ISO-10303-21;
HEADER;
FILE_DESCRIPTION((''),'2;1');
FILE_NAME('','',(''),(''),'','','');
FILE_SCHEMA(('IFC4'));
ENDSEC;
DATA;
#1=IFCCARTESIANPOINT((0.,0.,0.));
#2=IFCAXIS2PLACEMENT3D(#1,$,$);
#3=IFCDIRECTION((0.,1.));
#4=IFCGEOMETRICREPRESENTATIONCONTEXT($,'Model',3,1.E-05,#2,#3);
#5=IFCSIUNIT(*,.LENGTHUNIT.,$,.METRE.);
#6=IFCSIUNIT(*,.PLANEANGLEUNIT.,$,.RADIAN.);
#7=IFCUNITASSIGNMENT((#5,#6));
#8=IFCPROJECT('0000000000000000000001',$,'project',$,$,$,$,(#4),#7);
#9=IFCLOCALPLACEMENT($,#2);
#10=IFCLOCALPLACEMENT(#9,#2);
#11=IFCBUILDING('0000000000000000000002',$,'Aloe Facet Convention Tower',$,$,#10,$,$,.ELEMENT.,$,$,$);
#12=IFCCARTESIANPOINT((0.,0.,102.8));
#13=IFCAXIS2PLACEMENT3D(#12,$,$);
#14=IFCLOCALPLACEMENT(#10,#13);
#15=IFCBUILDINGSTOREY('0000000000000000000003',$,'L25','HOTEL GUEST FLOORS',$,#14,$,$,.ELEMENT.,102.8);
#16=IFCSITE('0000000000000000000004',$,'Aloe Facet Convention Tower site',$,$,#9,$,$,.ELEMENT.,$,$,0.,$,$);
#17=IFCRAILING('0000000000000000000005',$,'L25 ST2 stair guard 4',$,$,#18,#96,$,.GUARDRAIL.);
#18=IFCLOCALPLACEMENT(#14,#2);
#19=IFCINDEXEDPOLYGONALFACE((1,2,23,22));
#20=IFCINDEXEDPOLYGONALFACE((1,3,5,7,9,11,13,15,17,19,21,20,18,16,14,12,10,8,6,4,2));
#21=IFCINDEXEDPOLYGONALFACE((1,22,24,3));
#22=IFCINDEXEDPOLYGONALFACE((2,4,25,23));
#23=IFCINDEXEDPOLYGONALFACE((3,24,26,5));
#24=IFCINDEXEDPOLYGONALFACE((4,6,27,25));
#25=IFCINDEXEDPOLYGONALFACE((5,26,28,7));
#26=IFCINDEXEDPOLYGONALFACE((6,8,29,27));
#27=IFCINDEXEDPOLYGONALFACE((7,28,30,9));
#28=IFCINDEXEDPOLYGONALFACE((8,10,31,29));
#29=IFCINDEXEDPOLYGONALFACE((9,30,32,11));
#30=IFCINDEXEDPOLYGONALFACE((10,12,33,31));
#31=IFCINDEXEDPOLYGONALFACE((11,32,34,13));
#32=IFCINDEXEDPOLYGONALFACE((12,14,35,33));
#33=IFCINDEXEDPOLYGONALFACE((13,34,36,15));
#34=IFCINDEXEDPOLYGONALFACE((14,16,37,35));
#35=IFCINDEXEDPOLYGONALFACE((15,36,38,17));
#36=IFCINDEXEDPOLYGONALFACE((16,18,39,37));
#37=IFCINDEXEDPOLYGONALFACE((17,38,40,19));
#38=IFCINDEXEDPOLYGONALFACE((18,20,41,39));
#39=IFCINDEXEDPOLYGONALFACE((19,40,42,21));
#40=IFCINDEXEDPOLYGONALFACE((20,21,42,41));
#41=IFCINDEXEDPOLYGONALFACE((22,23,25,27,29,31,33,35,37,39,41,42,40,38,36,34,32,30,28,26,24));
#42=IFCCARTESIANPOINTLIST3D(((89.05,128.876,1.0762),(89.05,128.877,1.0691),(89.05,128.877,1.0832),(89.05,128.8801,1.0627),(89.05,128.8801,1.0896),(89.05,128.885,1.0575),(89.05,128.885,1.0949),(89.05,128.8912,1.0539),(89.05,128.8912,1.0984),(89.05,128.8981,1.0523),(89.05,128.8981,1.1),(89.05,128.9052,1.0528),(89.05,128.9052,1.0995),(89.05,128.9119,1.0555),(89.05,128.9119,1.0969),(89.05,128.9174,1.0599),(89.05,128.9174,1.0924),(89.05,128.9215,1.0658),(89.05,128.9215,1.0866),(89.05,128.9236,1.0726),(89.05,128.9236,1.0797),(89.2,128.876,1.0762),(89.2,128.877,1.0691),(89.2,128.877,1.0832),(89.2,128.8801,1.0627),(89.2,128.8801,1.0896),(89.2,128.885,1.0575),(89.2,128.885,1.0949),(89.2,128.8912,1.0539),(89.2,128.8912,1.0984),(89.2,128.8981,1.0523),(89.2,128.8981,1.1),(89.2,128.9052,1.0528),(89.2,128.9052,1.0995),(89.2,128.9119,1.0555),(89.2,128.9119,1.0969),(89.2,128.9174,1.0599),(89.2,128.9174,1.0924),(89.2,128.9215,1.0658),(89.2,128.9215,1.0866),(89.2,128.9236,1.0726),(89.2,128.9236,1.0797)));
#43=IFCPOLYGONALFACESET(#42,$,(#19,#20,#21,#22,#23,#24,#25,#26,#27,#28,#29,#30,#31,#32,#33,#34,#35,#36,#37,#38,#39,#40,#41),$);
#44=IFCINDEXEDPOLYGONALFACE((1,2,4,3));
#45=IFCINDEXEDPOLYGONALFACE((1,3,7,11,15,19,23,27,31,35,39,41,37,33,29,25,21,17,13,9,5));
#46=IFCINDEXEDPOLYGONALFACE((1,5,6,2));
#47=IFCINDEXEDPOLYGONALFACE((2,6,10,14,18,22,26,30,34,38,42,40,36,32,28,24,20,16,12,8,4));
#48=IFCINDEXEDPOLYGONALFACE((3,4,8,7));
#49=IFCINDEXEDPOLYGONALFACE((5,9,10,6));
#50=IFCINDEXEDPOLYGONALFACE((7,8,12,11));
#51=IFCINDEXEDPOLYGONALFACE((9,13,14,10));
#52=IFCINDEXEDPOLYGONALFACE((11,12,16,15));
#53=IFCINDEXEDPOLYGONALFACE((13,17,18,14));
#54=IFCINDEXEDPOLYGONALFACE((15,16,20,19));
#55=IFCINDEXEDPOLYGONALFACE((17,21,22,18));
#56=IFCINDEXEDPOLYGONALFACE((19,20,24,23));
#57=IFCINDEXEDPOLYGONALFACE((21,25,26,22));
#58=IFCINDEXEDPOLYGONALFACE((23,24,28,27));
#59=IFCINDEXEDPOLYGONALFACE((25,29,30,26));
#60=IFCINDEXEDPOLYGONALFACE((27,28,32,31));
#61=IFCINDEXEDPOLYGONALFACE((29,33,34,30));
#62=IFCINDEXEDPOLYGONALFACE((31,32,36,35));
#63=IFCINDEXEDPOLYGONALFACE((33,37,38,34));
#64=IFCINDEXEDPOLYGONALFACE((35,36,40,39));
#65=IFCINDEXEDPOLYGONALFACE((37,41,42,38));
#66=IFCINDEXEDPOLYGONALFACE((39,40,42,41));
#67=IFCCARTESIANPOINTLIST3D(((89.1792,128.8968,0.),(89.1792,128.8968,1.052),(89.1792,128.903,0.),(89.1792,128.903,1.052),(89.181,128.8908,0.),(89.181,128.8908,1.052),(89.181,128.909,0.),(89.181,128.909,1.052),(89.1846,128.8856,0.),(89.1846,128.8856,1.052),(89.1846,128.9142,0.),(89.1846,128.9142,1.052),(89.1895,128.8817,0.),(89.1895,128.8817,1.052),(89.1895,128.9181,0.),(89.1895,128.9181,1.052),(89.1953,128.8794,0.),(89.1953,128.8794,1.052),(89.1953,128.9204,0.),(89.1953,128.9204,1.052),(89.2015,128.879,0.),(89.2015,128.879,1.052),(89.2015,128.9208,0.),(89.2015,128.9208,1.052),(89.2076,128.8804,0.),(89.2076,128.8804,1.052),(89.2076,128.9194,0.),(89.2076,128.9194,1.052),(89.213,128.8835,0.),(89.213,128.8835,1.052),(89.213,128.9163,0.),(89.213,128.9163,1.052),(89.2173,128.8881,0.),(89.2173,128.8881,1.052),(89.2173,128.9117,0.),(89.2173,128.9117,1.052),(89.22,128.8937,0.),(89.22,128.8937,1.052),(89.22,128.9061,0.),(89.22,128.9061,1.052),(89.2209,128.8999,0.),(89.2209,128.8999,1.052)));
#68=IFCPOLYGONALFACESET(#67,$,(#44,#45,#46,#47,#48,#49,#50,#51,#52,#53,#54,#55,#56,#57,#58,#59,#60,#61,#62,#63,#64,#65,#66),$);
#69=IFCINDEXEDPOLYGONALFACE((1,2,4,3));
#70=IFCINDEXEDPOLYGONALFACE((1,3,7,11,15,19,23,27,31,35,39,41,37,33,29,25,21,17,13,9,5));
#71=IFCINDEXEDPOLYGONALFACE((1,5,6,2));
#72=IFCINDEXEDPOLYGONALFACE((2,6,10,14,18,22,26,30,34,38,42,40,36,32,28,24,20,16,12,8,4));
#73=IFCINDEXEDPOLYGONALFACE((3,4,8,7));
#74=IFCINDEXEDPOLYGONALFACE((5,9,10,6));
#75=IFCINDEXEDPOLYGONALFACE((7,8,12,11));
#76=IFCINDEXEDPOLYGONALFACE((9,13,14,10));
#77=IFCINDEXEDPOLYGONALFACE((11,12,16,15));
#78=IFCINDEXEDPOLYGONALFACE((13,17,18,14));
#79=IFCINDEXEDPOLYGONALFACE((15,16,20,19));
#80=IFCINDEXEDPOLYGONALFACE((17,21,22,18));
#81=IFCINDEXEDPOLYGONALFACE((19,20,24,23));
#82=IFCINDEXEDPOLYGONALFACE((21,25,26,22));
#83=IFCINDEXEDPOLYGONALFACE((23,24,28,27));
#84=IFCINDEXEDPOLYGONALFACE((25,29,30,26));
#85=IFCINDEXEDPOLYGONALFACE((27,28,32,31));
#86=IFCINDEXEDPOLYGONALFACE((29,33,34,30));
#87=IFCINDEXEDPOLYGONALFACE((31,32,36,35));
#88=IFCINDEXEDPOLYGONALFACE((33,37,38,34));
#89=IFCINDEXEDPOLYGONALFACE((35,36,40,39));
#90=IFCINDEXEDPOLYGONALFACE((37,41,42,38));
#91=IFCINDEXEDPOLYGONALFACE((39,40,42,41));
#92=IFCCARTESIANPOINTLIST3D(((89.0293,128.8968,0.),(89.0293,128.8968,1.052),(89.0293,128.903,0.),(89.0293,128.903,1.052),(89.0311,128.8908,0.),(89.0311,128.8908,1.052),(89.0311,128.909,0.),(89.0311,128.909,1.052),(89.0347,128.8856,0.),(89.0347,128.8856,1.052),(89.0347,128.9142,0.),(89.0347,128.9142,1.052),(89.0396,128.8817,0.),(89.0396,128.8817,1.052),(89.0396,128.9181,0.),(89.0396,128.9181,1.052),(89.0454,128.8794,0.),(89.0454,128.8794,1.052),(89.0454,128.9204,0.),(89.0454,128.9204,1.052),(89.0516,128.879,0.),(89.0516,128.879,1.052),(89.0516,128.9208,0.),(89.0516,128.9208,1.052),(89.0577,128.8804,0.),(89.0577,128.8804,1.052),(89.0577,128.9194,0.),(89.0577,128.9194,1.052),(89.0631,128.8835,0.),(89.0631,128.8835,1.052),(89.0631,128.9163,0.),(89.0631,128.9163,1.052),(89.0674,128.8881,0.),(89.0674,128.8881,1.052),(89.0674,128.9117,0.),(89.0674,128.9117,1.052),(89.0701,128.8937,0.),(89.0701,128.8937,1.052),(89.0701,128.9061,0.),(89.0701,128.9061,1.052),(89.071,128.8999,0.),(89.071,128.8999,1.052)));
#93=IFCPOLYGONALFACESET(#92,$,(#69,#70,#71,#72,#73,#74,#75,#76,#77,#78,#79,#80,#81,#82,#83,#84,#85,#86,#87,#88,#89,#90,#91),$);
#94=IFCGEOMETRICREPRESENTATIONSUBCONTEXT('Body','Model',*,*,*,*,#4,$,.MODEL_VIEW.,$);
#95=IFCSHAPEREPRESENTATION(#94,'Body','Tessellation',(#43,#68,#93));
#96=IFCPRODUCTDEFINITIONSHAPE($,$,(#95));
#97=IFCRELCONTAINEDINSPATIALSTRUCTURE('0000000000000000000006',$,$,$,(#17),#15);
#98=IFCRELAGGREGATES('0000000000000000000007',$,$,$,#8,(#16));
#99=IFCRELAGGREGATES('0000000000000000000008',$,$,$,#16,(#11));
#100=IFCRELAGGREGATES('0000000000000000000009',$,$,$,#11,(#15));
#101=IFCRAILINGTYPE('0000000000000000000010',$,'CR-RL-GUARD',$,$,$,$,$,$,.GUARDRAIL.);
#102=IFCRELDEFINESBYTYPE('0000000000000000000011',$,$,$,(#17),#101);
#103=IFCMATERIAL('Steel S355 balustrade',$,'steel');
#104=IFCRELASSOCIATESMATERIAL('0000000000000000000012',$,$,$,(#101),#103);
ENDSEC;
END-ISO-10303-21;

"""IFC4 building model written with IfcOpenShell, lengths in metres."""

from ifc_helpers import new_model, si_unit, direction, frame, origin, origin_2d, place, context, subcontext, project, spatial, circle, extrude, material, type_object, element, save


model = new_model("IFC4")

# Units and contexts
model_context = context("Model", 3, precision=1e-05, world=origin(), true_north=direction((0.0, 1.0)))
body_context = subcontext(model_context, "Body", "Model", "MODEL_VIEW")
ifc_project = project(units=[si_unit("LENGTHUNIT", "METRE"), si_unit("PLANEANGLEUNIT", "RADIAN")], contexts=[model_context])

# Site, building, storey
site_placement = place(None, origin())
site = spatial("IfcSite", under=ifc_project, at=site_placement, Name="Aloe Facet Convention Tower site", CompositionType="ELEMENT", RefElevation=0.0)
building_placement = place(site_placement, origin())
building = spatial("IfcBuilding", under=site, at=building_placement, Name="Aloe Facet Convention Tower", CompositionType="ELEMENT")
storey_placement = place(building_placement, frame((0.0, 0.0, 102.8)))
storey = spatial("IfcBuildingStorey", under=building, at=storey_placement, Name="L25", Description="HOTEL GUEST FLOORS", CompositionType="ELEMENT", Elevation=102.8)

# Railing
ifc_material_1 = material(Name="Steel S355 balustrade", Category="steel")
railing_type_1 = type_object("IfcRailingType", Name="CR-RL-GUARD", PredefinedType="GUARDRAIL", material=ifc_material_1)
railing_1_placement = place(storey_placement, frame((89.2, 128.8999, 0.0)))
element("IfcRailing", 1, at=railing_1_placement, inside=storey, type_object=railing_type_1, Name="L25 ST2 stair guard 4", PredefinedType="GUARDRAIL", context=body_context, shape_type="SweptSolid", body=[
    extrude(circle(Radius=0.0239, at=origin_2d()), frame((0.0, 0.0, 1.0762), z_axis=(-1.0, 0.0, 0.0), x_axis=(0.0, -1.0, 0.0)), (0.0, 0.0, 1.0), 0.1499),
    extrude(circle(Radius=0.021, at=origin_2d()), origin(), (0.0, 0.0, 1.0), 1.052),
    extrude(circle(Radius=0.021, at=origin_2d()), frame((-0.1499, 0.0, 0.0)), (0.0, 0.0, 1.0), 1.052),
])

save(model, "model.ifc")
